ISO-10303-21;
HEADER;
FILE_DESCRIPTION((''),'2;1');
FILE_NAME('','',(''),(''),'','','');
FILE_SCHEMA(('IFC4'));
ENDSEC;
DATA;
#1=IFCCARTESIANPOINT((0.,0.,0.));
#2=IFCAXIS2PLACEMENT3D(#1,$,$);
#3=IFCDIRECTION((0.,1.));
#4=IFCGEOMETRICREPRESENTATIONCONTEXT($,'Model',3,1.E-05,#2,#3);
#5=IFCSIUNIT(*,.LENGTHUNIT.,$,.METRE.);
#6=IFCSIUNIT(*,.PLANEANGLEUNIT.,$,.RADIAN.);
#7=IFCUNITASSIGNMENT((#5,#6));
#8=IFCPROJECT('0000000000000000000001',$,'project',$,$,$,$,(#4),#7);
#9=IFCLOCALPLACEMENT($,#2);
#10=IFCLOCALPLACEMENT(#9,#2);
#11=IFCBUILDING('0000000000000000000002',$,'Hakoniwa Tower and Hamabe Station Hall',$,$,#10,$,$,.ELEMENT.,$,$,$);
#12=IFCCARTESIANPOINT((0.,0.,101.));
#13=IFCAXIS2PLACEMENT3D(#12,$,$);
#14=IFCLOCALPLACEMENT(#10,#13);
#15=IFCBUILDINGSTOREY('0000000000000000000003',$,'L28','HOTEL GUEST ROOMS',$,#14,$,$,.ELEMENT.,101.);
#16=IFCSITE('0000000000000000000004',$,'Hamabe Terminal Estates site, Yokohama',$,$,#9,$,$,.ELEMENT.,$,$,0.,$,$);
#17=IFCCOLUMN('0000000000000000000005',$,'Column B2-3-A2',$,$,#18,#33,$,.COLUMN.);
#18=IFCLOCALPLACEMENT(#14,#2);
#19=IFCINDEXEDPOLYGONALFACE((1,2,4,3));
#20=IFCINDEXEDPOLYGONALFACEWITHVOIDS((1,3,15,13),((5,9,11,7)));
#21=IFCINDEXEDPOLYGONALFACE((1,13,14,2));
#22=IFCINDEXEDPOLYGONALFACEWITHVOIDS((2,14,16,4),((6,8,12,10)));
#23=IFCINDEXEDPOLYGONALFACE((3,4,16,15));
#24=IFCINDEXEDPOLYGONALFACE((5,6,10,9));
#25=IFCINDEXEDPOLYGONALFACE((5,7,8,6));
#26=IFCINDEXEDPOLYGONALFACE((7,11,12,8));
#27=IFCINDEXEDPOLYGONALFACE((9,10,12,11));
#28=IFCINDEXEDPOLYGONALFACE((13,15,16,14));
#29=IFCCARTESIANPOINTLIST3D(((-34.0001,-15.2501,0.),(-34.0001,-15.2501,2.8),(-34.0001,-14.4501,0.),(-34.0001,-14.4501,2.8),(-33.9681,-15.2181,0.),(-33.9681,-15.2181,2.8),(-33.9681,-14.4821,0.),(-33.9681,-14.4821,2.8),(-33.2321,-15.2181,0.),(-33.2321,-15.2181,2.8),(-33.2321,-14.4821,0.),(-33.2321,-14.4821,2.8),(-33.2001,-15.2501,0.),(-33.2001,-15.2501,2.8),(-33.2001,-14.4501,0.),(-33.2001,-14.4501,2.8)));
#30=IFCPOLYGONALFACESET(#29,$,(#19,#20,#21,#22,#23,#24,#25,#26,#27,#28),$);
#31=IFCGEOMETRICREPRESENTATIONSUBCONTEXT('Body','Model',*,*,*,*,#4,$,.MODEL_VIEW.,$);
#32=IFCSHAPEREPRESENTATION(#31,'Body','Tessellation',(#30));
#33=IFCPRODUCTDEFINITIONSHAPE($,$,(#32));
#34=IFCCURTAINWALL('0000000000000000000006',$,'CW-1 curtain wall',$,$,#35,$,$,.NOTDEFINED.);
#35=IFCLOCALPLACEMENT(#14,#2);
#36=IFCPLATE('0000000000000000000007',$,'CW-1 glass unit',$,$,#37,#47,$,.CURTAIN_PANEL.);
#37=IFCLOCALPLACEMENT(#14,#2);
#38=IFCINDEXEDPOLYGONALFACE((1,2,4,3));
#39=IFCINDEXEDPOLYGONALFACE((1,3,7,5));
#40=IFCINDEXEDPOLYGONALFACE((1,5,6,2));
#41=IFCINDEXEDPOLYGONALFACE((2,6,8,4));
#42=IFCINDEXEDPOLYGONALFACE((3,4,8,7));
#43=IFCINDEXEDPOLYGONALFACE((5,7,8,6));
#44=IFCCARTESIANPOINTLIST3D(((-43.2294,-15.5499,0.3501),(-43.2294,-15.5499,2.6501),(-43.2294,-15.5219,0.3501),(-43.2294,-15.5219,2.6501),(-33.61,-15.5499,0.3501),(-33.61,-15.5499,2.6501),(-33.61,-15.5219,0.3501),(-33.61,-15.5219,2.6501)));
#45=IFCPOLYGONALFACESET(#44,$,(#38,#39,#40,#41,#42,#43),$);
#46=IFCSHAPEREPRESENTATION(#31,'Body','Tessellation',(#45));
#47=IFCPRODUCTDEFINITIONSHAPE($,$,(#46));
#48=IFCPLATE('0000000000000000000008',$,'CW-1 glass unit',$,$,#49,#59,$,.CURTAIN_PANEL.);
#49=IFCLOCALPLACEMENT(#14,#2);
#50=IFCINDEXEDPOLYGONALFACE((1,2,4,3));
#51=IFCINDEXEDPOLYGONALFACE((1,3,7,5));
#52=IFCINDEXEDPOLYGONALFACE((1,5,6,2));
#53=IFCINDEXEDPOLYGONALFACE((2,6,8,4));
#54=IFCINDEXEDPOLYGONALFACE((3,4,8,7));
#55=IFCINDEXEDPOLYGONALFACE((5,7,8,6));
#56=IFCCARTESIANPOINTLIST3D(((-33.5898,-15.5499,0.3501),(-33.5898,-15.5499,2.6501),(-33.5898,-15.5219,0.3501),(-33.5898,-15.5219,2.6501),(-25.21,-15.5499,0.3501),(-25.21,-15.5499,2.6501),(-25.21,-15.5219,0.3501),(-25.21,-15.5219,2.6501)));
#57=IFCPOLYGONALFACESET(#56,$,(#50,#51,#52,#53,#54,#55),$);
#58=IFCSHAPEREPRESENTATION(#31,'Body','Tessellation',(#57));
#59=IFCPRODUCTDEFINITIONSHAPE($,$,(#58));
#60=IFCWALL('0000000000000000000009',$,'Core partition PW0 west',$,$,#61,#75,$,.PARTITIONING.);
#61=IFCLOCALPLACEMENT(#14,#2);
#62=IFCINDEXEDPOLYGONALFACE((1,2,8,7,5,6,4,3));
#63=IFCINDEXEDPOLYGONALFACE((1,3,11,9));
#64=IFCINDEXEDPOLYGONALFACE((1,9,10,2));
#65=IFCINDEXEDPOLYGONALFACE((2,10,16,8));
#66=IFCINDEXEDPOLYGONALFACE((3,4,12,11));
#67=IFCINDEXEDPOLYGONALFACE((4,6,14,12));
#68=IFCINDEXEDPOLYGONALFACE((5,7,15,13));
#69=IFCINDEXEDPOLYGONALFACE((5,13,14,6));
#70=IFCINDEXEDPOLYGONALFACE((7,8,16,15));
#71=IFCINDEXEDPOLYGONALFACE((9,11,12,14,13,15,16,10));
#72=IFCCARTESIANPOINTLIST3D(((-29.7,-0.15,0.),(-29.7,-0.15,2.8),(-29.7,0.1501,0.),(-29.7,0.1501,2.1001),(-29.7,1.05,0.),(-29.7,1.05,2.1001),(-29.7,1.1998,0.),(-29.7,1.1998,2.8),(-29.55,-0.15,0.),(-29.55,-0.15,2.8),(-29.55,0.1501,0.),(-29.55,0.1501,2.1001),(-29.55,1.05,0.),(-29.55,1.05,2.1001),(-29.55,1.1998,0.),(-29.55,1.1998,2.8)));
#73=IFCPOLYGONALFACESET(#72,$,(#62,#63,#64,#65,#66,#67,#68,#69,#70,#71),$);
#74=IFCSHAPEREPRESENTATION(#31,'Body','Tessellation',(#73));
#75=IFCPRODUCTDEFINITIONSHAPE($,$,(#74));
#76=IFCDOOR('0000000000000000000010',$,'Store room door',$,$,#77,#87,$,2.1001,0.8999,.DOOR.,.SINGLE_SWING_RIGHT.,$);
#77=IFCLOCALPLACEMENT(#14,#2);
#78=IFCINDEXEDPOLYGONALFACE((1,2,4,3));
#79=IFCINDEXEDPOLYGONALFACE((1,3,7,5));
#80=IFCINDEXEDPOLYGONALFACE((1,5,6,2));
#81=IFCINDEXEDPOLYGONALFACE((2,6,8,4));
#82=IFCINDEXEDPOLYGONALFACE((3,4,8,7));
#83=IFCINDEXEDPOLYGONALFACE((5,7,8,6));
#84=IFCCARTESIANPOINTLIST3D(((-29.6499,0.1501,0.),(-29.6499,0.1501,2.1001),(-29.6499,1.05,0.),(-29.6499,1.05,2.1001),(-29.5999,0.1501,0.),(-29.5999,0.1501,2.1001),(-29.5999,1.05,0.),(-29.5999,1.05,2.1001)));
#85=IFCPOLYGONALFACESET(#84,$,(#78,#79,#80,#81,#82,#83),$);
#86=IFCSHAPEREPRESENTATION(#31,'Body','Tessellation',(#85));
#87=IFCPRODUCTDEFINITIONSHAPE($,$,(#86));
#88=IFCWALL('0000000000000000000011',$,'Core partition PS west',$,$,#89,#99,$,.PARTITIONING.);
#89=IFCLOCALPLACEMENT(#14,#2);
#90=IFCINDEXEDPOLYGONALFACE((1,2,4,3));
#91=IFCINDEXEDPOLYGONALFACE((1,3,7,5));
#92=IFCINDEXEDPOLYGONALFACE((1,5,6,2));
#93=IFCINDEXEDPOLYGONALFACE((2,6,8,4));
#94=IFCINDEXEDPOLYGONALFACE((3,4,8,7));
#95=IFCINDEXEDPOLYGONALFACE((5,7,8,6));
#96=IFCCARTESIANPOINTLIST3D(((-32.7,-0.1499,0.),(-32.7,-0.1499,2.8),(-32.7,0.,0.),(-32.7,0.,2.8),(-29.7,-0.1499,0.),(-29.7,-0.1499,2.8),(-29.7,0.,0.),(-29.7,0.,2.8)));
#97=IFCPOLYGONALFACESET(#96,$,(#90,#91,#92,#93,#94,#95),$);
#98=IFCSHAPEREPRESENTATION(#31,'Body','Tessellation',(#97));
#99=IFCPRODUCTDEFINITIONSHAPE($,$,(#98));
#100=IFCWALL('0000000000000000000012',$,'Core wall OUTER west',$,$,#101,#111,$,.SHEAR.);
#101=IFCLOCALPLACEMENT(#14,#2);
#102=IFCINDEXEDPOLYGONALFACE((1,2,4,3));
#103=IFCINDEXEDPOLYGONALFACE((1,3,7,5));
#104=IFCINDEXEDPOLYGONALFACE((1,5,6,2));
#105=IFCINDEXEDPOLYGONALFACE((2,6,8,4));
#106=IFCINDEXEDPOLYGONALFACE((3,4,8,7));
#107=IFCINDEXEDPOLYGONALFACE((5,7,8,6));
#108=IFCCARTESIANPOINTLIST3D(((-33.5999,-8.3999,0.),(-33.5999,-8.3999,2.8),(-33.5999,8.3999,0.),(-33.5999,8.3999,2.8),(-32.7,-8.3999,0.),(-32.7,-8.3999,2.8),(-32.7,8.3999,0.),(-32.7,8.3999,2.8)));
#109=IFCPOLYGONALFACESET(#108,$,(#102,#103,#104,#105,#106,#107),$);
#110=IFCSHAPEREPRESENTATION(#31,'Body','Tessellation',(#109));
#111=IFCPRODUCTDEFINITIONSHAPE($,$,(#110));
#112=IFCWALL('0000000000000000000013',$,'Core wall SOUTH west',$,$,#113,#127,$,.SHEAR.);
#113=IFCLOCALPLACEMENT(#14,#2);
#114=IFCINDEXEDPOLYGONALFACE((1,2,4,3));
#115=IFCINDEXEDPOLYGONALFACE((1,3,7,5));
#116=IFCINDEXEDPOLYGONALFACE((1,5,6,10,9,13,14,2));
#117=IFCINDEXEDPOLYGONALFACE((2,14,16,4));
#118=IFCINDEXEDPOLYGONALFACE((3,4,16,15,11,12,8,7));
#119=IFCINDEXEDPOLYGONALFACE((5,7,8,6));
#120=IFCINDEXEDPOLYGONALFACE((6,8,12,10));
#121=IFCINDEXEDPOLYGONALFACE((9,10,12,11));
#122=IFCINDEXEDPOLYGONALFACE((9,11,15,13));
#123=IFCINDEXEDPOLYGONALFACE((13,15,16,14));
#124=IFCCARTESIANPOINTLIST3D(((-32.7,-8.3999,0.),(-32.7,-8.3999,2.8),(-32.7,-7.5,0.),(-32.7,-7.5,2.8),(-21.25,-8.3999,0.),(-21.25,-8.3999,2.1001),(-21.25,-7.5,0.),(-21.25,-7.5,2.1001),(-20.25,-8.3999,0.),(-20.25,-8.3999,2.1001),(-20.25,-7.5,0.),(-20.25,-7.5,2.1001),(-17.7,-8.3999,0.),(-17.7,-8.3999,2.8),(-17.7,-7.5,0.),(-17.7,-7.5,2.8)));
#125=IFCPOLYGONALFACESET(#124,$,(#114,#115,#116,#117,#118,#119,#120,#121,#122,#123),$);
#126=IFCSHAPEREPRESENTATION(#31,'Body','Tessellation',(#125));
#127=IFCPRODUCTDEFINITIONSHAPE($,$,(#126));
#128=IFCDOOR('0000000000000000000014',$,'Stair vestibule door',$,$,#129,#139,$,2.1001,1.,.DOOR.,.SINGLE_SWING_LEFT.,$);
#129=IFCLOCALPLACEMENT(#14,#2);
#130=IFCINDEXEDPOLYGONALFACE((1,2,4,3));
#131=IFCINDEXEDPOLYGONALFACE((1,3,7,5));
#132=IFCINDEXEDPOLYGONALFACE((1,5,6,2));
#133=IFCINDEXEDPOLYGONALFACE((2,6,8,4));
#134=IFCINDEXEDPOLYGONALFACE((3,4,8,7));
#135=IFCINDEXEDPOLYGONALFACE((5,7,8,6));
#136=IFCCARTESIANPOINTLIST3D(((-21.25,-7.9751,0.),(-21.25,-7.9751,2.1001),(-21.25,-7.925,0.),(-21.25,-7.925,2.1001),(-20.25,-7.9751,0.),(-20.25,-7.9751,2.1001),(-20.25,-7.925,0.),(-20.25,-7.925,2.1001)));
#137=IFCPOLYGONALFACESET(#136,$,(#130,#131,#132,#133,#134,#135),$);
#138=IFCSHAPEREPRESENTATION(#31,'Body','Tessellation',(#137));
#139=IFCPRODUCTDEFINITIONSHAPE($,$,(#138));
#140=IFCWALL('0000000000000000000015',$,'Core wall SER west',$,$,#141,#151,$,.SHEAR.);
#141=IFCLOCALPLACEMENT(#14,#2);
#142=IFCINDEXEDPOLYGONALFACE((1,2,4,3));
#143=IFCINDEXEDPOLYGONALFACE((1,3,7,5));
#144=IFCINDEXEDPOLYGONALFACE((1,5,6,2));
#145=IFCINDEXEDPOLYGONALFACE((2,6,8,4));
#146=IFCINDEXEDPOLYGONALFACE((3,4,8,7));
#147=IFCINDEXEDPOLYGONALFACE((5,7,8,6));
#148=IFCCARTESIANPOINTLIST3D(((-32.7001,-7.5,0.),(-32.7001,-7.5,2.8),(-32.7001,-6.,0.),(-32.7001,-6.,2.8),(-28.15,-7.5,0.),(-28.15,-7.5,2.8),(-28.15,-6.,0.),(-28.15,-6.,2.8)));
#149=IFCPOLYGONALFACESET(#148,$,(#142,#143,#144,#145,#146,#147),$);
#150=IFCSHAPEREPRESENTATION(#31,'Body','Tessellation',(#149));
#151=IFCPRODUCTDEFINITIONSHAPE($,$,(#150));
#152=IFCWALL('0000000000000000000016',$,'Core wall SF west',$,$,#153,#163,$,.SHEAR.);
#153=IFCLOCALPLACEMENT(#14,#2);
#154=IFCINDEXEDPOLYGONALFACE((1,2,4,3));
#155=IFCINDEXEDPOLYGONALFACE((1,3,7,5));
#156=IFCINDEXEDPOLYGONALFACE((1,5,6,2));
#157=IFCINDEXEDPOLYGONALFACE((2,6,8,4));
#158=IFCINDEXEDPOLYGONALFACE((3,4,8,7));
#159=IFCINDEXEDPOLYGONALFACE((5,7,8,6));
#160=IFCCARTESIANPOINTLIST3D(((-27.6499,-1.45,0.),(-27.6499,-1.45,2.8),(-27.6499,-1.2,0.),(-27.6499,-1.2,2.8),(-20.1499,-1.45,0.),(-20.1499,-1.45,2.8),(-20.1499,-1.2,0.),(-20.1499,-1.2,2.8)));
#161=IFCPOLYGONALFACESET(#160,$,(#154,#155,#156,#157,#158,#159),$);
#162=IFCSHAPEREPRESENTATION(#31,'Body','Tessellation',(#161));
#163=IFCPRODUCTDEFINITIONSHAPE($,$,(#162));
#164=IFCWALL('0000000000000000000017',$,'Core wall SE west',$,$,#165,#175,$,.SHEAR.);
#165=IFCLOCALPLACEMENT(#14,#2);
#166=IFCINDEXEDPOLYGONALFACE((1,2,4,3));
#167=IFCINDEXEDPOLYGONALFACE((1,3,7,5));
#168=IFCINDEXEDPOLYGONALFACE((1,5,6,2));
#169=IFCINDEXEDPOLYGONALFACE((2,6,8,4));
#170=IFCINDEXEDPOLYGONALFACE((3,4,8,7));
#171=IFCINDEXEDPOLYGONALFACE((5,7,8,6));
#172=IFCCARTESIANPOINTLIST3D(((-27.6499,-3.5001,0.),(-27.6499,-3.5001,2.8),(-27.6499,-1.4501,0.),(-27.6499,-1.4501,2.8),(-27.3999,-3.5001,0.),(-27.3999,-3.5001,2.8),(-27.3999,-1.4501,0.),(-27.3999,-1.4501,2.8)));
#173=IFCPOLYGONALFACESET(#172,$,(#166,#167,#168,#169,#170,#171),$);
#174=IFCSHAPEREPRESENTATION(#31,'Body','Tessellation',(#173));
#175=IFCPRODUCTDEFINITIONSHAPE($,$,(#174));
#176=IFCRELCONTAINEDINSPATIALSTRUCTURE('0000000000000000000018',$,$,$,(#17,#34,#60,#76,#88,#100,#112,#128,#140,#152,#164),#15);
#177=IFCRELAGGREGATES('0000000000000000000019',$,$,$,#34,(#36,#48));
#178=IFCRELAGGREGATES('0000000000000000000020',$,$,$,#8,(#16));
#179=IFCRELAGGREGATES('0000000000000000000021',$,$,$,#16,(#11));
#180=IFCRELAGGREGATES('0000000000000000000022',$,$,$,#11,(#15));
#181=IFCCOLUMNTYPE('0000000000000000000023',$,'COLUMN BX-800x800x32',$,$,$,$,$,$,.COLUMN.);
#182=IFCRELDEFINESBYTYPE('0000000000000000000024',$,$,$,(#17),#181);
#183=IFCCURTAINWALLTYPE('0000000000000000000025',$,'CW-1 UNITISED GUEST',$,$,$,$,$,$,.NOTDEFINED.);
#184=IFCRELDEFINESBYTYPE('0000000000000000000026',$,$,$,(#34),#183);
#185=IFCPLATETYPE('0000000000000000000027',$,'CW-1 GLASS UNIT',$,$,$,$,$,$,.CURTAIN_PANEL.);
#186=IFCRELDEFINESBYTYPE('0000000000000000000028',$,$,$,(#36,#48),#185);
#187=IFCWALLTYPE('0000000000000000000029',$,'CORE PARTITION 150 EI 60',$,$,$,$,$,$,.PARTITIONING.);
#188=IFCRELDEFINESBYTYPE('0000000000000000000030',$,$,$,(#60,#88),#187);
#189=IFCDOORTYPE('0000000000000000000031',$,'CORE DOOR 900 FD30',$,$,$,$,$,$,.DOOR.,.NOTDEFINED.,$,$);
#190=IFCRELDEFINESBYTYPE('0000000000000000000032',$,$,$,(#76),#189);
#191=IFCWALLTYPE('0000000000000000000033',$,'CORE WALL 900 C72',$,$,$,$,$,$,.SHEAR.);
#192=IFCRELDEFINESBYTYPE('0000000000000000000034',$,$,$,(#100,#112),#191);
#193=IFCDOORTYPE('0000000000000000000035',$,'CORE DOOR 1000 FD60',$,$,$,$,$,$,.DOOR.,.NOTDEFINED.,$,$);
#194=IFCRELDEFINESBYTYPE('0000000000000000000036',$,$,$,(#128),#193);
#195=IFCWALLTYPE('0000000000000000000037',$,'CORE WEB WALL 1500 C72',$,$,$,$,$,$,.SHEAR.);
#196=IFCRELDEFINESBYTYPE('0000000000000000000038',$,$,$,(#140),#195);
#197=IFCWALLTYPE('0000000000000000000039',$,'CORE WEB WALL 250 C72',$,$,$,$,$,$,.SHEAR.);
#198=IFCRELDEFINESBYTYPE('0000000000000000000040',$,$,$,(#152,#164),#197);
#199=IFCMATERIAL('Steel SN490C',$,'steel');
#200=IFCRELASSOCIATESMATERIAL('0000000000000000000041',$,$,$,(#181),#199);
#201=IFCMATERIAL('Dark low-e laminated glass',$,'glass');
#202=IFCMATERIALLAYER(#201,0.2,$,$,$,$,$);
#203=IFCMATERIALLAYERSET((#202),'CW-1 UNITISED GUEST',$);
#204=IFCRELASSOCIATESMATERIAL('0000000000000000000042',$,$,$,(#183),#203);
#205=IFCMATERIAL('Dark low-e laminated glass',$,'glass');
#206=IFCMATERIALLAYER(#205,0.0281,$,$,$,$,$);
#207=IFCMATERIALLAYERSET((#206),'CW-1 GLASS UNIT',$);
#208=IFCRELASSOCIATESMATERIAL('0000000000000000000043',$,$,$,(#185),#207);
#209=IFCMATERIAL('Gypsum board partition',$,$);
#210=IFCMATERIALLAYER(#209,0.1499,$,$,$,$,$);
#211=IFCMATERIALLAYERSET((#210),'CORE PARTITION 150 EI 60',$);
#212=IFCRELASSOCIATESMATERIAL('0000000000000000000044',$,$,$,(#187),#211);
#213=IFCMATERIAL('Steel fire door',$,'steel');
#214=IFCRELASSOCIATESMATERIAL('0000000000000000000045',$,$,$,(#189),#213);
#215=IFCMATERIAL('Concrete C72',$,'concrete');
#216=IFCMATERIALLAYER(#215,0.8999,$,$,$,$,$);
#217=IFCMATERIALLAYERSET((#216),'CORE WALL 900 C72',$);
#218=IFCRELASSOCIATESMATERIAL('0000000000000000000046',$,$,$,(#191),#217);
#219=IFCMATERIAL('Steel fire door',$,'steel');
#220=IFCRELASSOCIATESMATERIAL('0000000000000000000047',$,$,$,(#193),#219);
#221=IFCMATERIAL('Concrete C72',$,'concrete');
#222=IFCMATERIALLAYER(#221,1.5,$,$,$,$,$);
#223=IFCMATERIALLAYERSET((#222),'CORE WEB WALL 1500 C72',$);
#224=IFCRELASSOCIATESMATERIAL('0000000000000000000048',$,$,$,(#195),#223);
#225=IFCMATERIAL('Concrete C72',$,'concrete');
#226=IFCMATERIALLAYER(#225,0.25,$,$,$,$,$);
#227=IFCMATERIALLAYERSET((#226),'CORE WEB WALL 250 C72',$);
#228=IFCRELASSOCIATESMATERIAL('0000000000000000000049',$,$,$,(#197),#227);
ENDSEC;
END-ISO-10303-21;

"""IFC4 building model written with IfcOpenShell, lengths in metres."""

from ifc_helpers import new_model, si_unit, direction, frame, frame_2d, origin, origin_2d, place, context, subcontext, project, spatial, rectangle, hollow_rectangle, extrude, material, layer, layer_set, material_profile, profile_set, type_object, element, fill, aggregate, save


model = new_model("IFC4")

# Units and contexts
model_context = context("Model", 3, precision=1e-05, world=origin(), true_north=direction((0.0, 1.0)))
body_context = subcontext(model_context, "Body", "Model", "MODEL_VIEW")
ifc_project = project(units=[si_unit("LENGTHUNIT", "METRE"), si_unit("PLANEANGLEUNIT", "RADIAN")], contexts=[model_context])

# Site, building, storey
site_placement = place(None, origin())
site = spatial("IfcSite", under=ifc_project, at=site_placement, Name="Hamabe Terminal Estates site, Yokohama", CompositionType="ELEMENT", RefElevation=0.0)
building_placement = place(site_placement, origin())
building = spatial("IfcBuilding", under=site, at=building_placement, Name="Hakoniwa Tower and Hamabe Station Hall", CompositionType="ELEMENT")
storey_placement = place(building_placement, frame((0.0, 0.0, 101.0)))
storey = spatial("IfcBuildingStorey", under=building, at=storey_placement, Name="L28", Description="HOTEL GUEST ROOMS", CompositionType="ELEMENT", Elevation=101.0)

# Column
ifc_material_1 = material(Name="Steel SN490C", Category="steel")
ifc_material_profile = material_profile(ifc_material_1, hollow_rectangle(XDim=0.8, YDim=0.8, WallThickness=0.032, at=origin_2d()), Name="BX-800x800x32")
ifc_profile_set = profile_set([ifc_material_profile], Name="Steel SN490C")
column_type = type_object("IfcColumnType", Name="COLUMN BX-800x800x32", PredefinedType="COLUMN", material=ifc_profile_set)
column_placement = place(storey_placement, frame((-33.6001, -14.8501, 0.0), z_axis=(0.0, 0.0, 1.0), x_axis=(1.0, 0.0, 0.0)))
element("IfcColumn", 1, at=column_placement, inside=storey, type_object=column_type, Name="Column B2-3-A2", PredefinedType="COLUMN", context=body_context, shape_type="SweptSolid", body=[
    extrude(hollow_rectangle(XDim=0.8, YDim=0.8, WallThickness=0.032, at=origin_2d()), origin(), (0.0, 0.0, 1.0), 2.8),
])

# Curtain wall, plates
ifc_material_2 = material(Name="Dark low-e laminated glass", Category="glass")
ifc_layer_1 = layer(ifc_material_2, 0.2)
ifc_layer_set_1 = layer_set([ifc_layer_1], Name="CW-1 UNITISED GUEST")
curtain_wall_type = type_object("IfcCurtainWallType", Name="CW-1 UNITISED GUEST", PredefinedType="NOTDEFINED", material=ifc_layer_set_1)
curtain_wall_placement = place(storey_placement, origin())
curtain_wall = element("IfcCurtainWall", 2, at=curtain_wall_placement, inside=storey, type_object=curtain_wall_type, Name="CW-1 curtain wall", PredefinedType="NOTDEFINED")
ifc_material_3 = material(Name="Dark low-e laminated glass", Category="glass")
ifc_layer_2 = layer(ifc_material_3, 0.0281)
ifc_layer_set_2 = layer_set([ifc_layer_2], Name="CW-1 GLASS UNIT")
plate_type = type_object("IfcPlateType", Name="CW-1 GLASS UNIT", PredefinedType="CURTAIN_PANEL", material=ifc_layer_set_2)
plate_1_placement = place(storey_placement, frame((-38.4197, -15.5359, 0.3501), z_axis=(0.0, 0.0, 1.0), x_axis=(1.0, 0.0, 0.0)))
plate_1 = element("IfcPlate", 3, at=plate_1_placement, type_object=plate_type, Name="CW-1 glass unit", PredefinedType="CURTAIN_PANEL", context=body_context, shape_type="SweptSolid", body=[
    extrude(rectangle(XDim=9.6194, YDim=0.0281, at=origin_2d()), origin(), (0.0, 0.0, 1.0), 2.3),
])
plate_2_placement = place(storey_placement, frame((-29.3999, -15.5359, 0.3501), z_axis=(0.0, 0.0, 1.0), x_axis=(1.0, 0.0, 0.0)))
plate_2 = element("IfcPlate", 4, at=plate_2_placement, type_object=plate_type, Name="CW-1 glass unit", PredefinedType="CURTAIN_PANEL", context=body_context, shape_type="SweptSolid", body=[
    extrude(rectangle(XDim=8.3799, YDim=0.0281, at=origin_2d()), origin(), (0.0, 0.0, 1.0), 2.3),
])
aggregate(curtain_wall, [plate_1, plate_2])

# Wall, opening, door
ifc_material_4 = material(Name="Gypsum board partition")
ifc_layer_3 = layer(ifc_material_4, 0.1499)
ifc_layer_set_3 = layer_set([ifc_layer_3], Name="CORE PARTITION 150 EI 60")
wall_type_1 = type_object("IfcWallType", Name="CORE PARTITION 150 EI 60", PredefinedType="PARTITIONING", material=ifc_layer_set_3)
wall_1_placement = place(storey_placement, frame((-29.625, -0.1499, 0.0), z_axis=(0.0, 0.0, 1.0), x_axis=(0.0, 1.0, 0.0)))
wall_1 = element("IfcWall", 5, at=wall_1_placement, inside=storey, type_object=wall_type_1, Name="Core partition PW0 west", PredefinedType="PARTITIONING", context=body_context, shape_type="SweptSolid", body=[
    extrude(rectangle(XDim=1.3499, YDim=0.1499, at=frame_2d((0.6748, 0.0))), origin(), (0.0, 0.0, 1.0), 2.8),
])
opening_1_placement = place(wall_1_placement, frame((0.3, 0.0, 0.0)))
opening_1 = element("IfcOpeningElement", 6, at=opening_1_placement, cuts=wall_1, PredefinedType="OPENING", context=body_context, shape_type="SweptSolid", body=[
    extrude(rectangle(XDim=0.8999, YDim=2.1001, at=frame_2d((0.45, 1.05))), frame((0.0, 0.085, 0.0), z_axis=(0.0, -1.0, 0.0), x_axis=(1.0, 0.0, 0.0)), (0.0, 0.0, 1.0), 0.1699),
])
ifc_material_5 = material(Name="Steel fire door", Category="steel")
door_type_1 = type_object("IfcDoorType", Name="CORE DOOR 900 FD30", OperationType="NOTDEFINED", PredefinedType="DOOR", material=ifc_material_5)
door_1_placement = place(opening_1_placement, origin())
door_1 = element("IfcDoor", 7, at=door_1_placement, inside=storey, type_object=door_type_1, Name="Store room door", OperationType="SINGLE_SWING_RIGHT", OverallHeight=2.1001, OverallWidth=0.8999, PredefinedType="DOOR", context=body_context, shape_type="SweptSolid", body=[
    extrude(rectangle(XDim=0.8999, YDim=2.1001, at=frame_2d((0.45, 1.05))), frame((0.0, 0.0249, 0.0), z_axis=(0.0, -1.0, 0.0), x_axis=(1.0, 0.0, 0.0)), (0.0, 0.0, 1.0), 0.05),
])
fill(opening_1, door_1)

# Walls
wall_2_placement = place(storey_placement, frame((-32.7, -0.075, 0.0), z_axis=(0.0, 0.0, 1.0), x_axis=(1.0, 0.0, 0.0)))
element("IfcWall", 8, at=wall_2_placement, inside=storey, type_object=wall_type_1, Name="Core partition PS west", PredefinedType="PARTITIONING", context=body_context, shape_type="SweptSolid", body=[
    extrude(rectangle(XDim=3.0, YDim=0.1499, at=frame_2d((1.5, 0.0))), origin(), (0.0, 0.0, 1.0), 2.8),
])
ifc_material_6 = material(Name="Concrete C72", Category="concrete")
ifc_layer_4 = layer(ifc_material_6, 0.8999)
ifc_layer_set_4 = layer_set([ifc_layer_4], Name="CORE WALL 900 C72")
wall_type_2 = type_object("IfcWallType", Name="CORE WALL 900 C72", PredefinedType="SHEAR", material=ifc_layer_set_4)
wall_3_placement = place(storey_placement, frame((-33.1499, -8.3999, 0.0), z_axis=(0.0, 0.0, 1.0), x_axis=(0.0, 1.0, 0.0)))
element("IfcWall", 9, at=wall_3_placement, inside=storey, type_object=wall_type_2, Name="Core wall OUTER west", PredefinedType="SHEAR", context=body_context, shape_type="SweptSolid", body=[
    extrude(rectangle(XDim=16.7998, YDim=0.8999, at=frame_2d((8.3999, 0.0))), origin(), (0.0, 0.0, 1.0), 2.8),
])

# Wall, opening, door
wall_4_placement = place(storey_placement, frame((-32.7, -7.95, 0.0), z_axis=(0.0, 0.0, 1.0), x_axis=(1.0, 0.0, 0.0)))
wall_4 = element("IfcWall", 10, at=wall_4_placement, inside=storey, type_object=wall_type_2, Name="Core wall SOUTH west", PredefinedType="SHEAR", context=body_context, shape_type="SweptSolid", body=[
    extrude(rectangle(XDim=15.0, YDim=0.8999, at=frame_2d((7.5, 0.0))), origin(), (0.0, 0.0, 1.0), 2.8),
])
opening_2_placement = place(wall_4_placement, frame((11.45, 0.0, 0.0)))
opening_2 = element("IfcOpeningElement", 11, at=opening_2_placement, cuts=wall_4, PredefinedType="OPENING", context=body_context, shape_type="SweptSolid", body=[
    extrude(rectangle(XDim=1.0, YDim=2.1001, at=frame_2d((0.5, 1.05))), frame((0.0, 0.46, 0.0), z_axis=(0.0, -1.0, 0.0), x_axis=(1.0, 0.0, 0.0)), (0.0, 0.0, 1.0), 0.9199),
])
ifc_material_7 = material(Name="Steel fire door", Category="steel")
door_type_2 = type_object("IfcDoorType", Name="CORE DOOR 1000 FD60", OperationType="NOTDEFINED", PredefinedType="DOOR", material=ifc_material_7)
door_2_placement = place(opening_2_placement, origin())
door_2 = element("IfcDoor", 12, at=door_2_placement, inside=storey, type_object=door_type_2, Name="Stair vestibule door", OperationType="SINGLE_SWING_LEFT", OverallHeight=2.1001, OverallWidth=1.0, PredefinedType="DOOR", context=body_context, shape_type="SweptSolid", body=[
    extrude(rectangle(XDim=1.0, YDim=2.1001, at=frame_2d((0.5, 1.05))), frame((0.0, 0.0249, 0.0), z_axis=(0.0, -1.0, 0.0), x_axis=(1.0, 0.0, 0.0)), (0.0, 0.0, 1.0), 0.05),
])
fill(opening_2, door_2)

# Walls
ifc_material_8 = material(Name="Concrete C72", Category="concrete")
ifc_layer_5 = layer(ifc_material_8, 1.5)
ifc_layer_set_5 = layer_set([ifc_layer_5], Name="CORE WEB WALL 1500 C72")
wall_type_3 = type_object("IfcWallType", Name="CORE WEB WALL 1500 C72", PredefinedType="SHEAR", material=ifc_layer_set_5)
wall_5_placement = place(storey_placement, frame((-32.7, -6.75, 0.0), z_axis=(0.0, 0.0, 1.0), x_axis=(1.0, 0.0, 0.0)))
element("IfcWall", 13, at=wall_5_placement, inside=storey, type_object=wall_type_3, Name="Core wall SER west", PredefinedType="SHEAR", context=body_context, shape_type="SweptSolid", body=[
    extrude(rectangle(XDim=4.55, YDim=1.5, at=frame_2d((2.2749, 0.0))), origin(), (0.0, 0.0, 1.0), 2.8),
])
ifc_material_9 = material(Name="Concrete C72", Category="concrete")
ifc_layer_6 = layer(ifc_material_9, 0.25)
ifc_layer_set_6 = layer_set([ifc_layer_6], Name="CORE WEB WALL 250 C72")
wall_type_4 = type_object("IfcWallType", Name="CORE WEB WALL 250 C72", PredefinedType="SHEAR", material=ifc_layer_set_6)
wall_6_placement = place(storey_placement, frame((-27.6499, -1.325, 0.0), z_axis=(0.0, 0.0, 1.0), x_axis=(1.0, 0.0, 0.0)))
element("IfcWall", 14, at=wall_6_placement, inside=storey, type_object=wall_type_4, Name="Core wall SF west", PredefinedType="SHEAR", context=body_context, shape_type="SweptSolid", body=[
    extrude(rectangle(XDim=7.5, YDim=0.25, at=frame_2d((3.75, 0.0))), origin(), (0.0, 0.0, 1.0), 2.8),
])
wall_7_placement = place(storey_placement, frame((-27.5249, -3.5, 0.0), z_axis=(0.0, 0.0, 1.0), x_axis=(0.0, 1.0, 0.0)))
element("IfcWall", 15, at=wall_7_placement, inside=storey, type_object=wall_type_4, Name="Core wall SE west", PredefinedType="SHEAR", context=body_context, shape_type="SweptSolid", body=[
    extrude(rectangle(XDim=2.05, YDim=0.25, at=frame_2d((1.0249, 0.0))), origin(), (0.0, 0.0, 1.0), 2.8),
])

save(model, "model.ifc")
